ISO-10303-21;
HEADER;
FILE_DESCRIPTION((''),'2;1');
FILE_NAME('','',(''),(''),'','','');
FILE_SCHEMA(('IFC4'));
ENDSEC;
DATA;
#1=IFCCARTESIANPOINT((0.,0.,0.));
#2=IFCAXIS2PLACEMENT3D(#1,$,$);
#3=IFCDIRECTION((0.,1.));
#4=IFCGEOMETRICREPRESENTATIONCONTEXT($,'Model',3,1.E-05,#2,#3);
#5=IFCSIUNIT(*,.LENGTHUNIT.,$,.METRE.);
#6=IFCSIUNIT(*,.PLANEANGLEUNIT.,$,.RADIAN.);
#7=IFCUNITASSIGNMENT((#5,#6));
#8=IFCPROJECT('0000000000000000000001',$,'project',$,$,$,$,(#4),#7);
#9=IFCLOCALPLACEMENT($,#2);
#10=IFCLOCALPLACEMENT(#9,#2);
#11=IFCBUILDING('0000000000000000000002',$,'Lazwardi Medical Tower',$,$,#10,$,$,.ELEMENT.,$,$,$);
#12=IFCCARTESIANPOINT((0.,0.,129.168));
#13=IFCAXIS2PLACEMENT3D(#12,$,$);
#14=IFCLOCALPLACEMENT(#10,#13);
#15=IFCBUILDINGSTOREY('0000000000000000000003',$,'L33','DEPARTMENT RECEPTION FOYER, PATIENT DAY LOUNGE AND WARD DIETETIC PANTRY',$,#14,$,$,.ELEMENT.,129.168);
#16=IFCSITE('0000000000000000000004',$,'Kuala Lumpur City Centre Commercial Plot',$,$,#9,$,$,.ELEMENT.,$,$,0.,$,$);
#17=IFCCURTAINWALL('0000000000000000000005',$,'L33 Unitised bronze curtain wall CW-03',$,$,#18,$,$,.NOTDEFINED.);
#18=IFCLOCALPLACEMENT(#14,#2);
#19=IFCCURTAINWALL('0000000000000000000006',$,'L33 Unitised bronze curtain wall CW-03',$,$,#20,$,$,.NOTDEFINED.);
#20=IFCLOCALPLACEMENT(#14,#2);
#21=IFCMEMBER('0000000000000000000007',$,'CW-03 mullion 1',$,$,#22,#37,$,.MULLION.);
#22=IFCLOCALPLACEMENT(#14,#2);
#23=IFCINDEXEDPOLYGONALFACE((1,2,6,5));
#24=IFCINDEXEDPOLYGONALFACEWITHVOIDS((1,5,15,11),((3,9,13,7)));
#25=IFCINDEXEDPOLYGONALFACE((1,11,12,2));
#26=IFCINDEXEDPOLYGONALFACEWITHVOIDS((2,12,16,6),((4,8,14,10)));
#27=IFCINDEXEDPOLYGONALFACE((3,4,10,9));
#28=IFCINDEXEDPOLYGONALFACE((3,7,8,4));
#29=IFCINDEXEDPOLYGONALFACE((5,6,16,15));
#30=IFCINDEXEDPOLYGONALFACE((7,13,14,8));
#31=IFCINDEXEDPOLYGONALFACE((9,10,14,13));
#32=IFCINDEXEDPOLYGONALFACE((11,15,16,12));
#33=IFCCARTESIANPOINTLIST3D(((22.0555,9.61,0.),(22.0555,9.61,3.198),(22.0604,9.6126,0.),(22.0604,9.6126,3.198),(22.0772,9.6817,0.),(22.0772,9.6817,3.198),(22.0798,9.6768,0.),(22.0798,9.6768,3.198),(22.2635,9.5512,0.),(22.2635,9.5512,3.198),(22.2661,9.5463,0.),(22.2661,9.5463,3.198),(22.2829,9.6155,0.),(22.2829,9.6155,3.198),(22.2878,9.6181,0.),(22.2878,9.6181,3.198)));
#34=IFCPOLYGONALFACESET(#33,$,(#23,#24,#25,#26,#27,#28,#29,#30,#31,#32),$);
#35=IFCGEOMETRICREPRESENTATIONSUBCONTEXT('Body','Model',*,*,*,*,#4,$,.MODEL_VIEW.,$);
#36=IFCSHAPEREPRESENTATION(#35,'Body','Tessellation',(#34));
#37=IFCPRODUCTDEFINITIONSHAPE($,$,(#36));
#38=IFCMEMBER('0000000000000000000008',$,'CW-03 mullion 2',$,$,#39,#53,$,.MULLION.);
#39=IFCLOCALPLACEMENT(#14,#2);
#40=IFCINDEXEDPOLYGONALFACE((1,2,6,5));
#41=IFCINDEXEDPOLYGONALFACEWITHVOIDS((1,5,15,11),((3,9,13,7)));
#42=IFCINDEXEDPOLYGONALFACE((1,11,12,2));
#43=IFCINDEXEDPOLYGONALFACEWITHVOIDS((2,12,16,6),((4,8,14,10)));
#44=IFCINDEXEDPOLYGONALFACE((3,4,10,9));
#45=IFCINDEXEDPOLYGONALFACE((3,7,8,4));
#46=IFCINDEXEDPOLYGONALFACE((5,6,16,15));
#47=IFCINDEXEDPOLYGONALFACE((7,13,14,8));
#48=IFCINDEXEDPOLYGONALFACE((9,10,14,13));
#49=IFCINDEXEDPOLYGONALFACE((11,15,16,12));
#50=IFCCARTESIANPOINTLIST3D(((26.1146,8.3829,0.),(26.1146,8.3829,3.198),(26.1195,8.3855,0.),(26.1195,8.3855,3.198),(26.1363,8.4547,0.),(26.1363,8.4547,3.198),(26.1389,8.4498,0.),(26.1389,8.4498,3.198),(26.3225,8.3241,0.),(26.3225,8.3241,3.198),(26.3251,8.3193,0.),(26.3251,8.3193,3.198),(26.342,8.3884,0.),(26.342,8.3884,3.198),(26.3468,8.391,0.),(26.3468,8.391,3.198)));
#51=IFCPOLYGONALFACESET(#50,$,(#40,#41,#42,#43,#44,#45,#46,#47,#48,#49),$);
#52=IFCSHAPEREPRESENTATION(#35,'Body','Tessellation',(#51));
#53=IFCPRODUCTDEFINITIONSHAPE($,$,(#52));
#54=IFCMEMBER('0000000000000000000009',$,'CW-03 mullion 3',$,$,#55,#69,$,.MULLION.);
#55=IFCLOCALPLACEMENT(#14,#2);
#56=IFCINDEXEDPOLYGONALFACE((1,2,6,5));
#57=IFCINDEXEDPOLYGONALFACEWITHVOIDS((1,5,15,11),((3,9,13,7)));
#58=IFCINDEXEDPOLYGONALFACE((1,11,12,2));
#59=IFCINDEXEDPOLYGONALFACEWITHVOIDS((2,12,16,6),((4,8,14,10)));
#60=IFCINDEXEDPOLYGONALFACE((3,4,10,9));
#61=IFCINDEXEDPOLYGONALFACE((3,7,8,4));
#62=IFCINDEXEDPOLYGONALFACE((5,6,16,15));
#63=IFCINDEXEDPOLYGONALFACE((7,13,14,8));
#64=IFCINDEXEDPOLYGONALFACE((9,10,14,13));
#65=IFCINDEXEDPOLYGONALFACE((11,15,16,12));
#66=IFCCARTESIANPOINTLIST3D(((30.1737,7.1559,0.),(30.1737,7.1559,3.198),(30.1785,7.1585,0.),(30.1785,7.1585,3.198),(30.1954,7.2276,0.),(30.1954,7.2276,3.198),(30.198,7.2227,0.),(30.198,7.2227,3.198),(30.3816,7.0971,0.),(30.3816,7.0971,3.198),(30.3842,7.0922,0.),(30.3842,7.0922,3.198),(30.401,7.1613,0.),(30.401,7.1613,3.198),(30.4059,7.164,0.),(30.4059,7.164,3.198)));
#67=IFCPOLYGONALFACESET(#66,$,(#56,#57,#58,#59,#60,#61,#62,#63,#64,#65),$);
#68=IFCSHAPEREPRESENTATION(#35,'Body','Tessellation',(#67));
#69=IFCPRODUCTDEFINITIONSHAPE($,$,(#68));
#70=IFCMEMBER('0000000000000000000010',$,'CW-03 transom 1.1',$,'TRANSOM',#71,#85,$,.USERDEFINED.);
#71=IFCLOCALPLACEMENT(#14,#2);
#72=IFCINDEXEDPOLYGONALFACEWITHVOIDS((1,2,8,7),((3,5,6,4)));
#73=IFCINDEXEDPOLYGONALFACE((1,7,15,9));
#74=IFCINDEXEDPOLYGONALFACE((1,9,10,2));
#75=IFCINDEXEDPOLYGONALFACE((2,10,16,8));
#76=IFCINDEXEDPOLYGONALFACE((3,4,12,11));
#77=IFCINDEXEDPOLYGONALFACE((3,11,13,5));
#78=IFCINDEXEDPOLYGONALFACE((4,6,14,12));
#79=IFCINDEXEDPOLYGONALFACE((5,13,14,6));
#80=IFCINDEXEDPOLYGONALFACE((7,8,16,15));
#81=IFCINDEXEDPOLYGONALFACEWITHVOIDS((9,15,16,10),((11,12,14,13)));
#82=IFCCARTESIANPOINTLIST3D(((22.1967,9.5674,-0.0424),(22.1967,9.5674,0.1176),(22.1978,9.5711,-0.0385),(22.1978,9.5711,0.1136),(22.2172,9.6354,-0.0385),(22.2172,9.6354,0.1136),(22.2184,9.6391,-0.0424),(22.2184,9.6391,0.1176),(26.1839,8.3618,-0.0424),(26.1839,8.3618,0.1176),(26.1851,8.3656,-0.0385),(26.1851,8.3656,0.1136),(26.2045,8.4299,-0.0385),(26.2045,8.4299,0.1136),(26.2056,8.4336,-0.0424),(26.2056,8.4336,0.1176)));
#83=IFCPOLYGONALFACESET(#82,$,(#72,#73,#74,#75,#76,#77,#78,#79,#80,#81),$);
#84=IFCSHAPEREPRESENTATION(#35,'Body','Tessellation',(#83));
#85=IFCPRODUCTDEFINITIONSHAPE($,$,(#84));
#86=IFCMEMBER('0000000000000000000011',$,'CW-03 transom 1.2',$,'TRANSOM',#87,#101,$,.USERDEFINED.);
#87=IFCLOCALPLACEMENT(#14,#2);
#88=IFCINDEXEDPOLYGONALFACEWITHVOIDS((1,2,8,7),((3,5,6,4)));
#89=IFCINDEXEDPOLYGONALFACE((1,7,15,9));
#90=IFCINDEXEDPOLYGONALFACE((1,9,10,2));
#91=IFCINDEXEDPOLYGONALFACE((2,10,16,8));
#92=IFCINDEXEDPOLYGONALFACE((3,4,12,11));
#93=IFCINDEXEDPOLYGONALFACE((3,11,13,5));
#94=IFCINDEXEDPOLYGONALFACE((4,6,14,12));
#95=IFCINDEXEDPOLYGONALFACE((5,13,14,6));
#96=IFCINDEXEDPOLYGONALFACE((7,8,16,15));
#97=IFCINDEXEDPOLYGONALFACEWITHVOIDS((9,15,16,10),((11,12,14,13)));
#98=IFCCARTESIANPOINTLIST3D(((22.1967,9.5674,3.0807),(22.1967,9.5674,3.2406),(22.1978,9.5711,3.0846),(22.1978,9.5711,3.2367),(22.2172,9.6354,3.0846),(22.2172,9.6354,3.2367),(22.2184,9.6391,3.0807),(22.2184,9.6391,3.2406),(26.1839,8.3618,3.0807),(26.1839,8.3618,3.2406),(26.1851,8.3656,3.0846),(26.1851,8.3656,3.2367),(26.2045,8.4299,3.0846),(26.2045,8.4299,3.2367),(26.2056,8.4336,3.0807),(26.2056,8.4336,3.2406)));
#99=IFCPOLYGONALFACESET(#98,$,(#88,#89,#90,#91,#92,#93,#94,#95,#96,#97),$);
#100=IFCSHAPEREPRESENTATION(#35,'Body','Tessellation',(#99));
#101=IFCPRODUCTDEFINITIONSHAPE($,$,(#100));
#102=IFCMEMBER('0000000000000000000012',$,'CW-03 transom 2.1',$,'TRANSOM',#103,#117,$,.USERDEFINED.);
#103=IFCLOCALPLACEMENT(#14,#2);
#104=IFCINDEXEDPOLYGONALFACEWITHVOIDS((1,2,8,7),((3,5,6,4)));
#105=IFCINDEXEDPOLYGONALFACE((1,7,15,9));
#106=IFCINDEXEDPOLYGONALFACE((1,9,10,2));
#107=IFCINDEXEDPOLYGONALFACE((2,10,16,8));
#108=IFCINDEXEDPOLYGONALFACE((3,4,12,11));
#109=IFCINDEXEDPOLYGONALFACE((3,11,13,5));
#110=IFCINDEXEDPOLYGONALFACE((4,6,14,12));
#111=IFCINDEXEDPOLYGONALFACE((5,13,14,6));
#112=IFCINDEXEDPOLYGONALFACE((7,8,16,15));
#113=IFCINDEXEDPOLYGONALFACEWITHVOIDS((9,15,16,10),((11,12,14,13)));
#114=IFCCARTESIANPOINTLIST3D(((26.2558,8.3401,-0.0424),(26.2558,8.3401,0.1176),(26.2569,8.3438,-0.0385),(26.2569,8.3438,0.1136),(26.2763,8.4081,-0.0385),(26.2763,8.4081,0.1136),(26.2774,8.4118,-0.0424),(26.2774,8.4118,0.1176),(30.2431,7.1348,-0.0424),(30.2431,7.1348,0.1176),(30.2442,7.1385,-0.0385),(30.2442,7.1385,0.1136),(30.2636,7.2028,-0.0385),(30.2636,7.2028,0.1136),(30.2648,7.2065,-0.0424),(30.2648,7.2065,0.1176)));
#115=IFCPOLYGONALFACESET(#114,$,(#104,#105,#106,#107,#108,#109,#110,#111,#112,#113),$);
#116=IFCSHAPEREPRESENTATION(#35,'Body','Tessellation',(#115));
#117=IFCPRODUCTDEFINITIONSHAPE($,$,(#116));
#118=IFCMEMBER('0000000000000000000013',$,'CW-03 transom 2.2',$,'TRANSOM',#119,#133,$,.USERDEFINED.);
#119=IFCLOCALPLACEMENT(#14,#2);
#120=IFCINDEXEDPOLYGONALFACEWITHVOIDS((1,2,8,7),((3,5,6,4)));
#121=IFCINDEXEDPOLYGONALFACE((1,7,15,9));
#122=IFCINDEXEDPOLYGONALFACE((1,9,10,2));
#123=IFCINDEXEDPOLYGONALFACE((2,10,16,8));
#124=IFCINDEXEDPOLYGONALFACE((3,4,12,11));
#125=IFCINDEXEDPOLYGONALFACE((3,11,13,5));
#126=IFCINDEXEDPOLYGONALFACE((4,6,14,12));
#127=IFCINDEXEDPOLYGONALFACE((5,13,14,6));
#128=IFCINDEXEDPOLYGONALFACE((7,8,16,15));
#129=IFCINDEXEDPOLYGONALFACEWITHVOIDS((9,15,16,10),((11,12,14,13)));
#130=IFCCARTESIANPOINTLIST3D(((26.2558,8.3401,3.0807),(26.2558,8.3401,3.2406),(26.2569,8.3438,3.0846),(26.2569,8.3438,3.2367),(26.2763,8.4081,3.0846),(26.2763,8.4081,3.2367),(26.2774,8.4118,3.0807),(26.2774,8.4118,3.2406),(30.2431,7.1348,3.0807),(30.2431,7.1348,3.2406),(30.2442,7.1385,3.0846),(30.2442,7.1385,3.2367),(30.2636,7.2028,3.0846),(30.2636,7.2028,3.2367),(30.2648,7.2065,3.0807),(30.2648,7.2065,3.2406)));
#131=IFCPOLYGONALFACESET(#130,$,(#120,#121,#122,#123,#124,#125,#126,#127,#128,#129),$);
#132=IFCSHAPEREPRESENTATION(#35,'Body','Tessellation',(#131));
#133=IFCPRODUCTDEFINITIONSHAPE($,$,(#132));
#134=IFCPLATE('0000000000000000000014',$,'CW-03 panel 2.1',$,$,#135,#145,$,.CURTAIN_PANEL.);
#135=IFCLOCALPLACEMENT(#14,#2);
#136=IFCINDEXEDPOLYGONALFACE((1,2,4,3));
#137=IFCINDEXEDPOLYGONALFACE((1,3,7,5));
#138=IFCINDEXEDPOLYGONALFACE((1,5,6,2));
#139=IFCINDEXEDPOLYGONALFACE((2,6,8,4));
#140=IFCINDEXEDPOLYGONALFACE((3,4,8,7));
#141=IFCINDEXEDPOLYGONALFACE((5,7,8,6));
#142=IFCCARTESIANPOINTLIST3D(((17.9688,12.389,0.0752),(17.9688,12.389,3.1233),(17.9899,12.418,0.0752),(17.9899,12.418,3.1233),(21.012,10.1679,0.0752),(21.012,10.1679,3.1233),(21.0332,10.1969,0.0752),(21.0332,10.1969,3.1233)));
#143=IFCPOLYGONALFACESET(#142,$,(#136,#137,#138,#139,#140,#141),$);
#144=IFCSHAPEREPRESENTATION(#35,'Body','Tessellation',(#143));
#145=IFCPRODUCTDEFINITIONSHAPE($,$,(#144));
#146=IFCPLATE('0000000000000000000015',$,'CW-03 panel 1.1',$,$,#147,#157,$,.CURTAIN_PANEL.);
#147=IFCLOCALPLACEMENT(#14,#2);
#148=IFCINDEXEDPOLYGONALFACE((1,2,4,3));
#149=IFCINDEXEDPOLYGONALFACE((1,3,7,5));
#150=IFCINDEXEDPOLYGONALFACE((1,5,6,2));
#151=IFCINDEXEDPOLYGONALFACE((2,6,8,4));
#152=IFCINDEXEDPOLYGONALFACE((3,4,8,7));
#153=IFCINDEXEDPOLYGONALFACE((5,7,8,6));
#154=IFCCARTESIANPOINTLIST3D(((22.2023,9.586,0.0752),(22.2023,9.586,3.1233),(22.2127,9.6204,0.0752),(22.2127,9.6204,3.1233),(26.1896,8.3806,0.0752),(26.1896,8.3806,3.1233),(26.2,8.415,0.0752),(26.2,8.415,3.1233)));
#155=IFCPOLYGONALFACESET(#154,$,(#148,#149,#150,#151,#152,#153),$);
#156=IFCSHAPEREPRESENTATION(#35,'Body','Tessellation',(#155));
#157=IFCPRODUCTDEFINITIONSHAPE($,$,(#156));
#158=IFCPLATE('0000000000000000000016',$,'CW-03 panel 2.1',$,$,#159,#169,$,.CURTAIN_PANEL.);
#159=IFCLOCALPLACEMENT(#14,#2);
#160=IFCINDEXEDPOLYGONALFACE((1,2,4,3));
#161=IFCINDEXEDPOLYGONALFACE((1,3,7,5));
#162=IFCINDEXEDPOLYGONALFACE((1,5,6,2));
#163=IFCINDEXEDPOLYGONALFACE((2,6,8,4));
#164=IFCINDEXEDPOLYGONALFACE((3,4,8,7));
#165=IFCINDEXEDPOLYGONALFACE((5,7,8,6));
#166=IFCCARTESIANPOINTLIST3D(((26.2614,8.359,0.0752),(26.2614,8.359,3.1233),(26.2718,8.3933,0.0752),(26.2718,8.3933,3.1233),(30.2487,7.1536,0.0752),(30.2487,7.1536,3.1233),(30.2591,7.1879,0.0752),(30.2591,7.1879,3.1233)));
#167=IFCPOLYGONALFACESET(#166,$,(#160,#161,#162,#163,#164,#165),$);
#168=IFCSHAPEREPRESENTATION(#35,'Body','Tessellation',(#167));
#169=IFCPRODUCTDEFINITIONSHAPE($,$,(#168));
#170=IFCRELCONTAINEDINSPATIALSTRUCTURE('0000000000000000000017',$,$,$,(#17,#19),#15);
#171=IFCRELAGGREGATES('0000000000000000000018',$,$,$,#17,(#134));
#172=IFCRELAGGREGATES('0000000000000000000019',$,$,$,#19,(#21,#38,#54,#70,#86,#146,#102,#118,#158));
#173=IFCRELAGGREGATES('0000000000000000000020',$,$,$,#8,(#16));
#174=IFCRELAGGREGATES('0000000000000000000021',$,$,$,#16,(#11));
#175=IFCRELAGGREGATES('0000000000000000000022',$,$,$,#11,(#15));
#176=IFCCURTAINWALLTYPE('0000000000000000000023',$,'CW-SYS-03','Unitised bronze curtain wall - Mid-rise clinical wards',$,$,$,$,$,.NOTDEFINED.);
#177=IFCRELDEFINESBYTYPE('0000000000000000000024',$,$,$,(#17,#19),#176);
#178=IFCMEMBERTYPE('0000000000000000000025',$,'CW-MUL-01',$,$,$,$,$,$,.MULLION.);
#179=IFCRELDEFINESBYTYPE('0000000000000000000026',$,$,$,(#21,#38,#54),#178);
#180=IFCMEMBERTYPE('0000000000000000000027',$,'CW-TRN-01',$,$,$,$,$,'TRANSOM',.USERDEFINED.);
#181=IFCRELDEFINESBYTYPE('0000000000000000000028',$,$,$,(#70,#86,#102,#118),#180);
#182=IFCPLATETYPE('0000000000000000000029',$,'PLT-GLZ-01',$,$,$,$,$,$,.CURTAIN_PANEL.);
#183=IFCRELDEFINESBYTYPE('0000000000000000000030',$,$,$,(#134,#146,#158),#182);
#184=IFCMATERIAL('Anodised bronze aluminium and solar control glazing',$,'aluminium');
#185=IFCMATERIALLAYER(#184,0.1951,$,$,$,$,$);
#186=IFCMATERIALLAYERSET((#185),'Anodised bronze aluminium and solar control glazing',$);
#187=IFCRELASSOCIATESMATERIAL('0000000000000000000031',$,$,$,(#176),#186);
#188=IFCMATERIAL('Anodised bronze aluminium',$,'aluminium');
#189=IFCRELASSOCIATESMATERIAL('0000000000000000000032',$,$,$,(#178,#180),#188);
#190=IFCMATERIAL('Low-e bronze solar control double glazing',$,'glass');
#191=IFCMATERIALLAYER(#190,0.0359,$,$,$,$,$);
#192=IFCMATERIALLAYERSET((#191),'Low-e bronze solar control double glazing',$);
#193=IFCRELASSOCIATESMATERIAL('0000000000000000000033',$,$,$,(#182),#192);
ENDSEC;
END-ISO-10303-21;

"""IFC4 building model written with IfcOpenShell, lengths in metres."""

from ifc_helpers import new_model, si_unit, direction, frame, origin, origin_2d, place, context, subcontext, project, spatial, rectangle, hollow_rectangle, extrude, material, layer, layer_set, material_profile, profile_set, type_object, element, aggregate, save


model = new_model("IFC4")

# Units and contexts
model_context = context("Model", 3, precision=1e-05, world=origin(), true_north=direction((0.0, 1.0)))
body_context = subcontext(model_context, "Body", "Model", "MODEL_VIEW")
ifc_project = project(units=[si_unit("LENGTHUNIT", "METRE"), si_unit("PLANEANGLEUNIT", "RADIAN")], contexts=[model_context])

# Site, building, storey
site_placement = place(None, origin())
site = spatial("IfcSite", under=ifc_project, at=site_placement, Name="Kuala Lumpur City Centre Commercial Plot", CompositionType="ELEMENT", RefElevation=0.0)
building_placement = place(site_placement, origin())
building = spatial("IfcBuilding", under=site, at=building_placement, Name="Lazwardi Medical Tower", CompositionType="ELEMENT")
storey_placement = place(building_placement, frame((0.0, 0.0, 129.168)))
storey = spatial("IfcBuildingStorey", under=building, at=storey_placement, Name="L33", Description="DEPARTMENT RECEPTION FOYER, PATIENT DAY LOUNGE AND WARD DIETETIC PANTRY", CompositionType="ELEMENT", Elevation=129.168)

# Curtain wall
ifc_material_1 = material(Name="Anodised bronze aluminium and solar control glazing", Category="aluminium")
ifc_layer_1 = layer(ifc_material_1, 0.1951)
ifc_layer_set_1 = layer_set([ifc_layer_1], Name="Anodised bronze aluminium and solar control glazing")
curtain_wall_type = type_object("IfcCurtainWallType", Name="CW-SYS-03", Description="Unitised bronze curtain wall - Mid-rise clinical wards", PredefinedType="NOTDEFINED", material=ifc_layer_set_1)
curtain_wall_1_placement = place(storey_placement, origin())
curtain_wall_1 = element("IfcCurtainWall", 1, at=curtain_wall_1_placement, inside=storey, type_object=curtain_wall_type, Name="L33 Unitised bronze curtain wall CW-03", PredefinedType="NOTDEFINED")
ifc_material_2 = material(Name="Anodised bronze aluminium", Category="aluminium")
ifc_material_profile_1 = material_profile(ifc_material_2, hollow_rectangle(XDim=0.075, YDim=0.22, WallThickness=0.0039, at=origin_2d()), Name="ALU-MULLION 220x75x4")
ifc_profile_set_1 = profile_set([ifc_material_profile_1], Name="Anodised bronze aluminium")
member_type_1 = type_object("IfcMemberType", Name="CW-MUL-01", PredefinedType="MULLION", material=ifc_profile_set_1)

# Curtain wall, members
curtain_wall_2_placement = place(storey_placement, origin())
curtain_wall_2 = element("IfcCurtainWall", 2, at=curtain_wall_2_placement, inside=storey, type_object=curtain_wall_type, Name="L33 Unitised bronze curtain wall CW-03", PredefinedType="NOTDEFINED")
member_1_placement = place(storey_placement, frame((22.1716, 9.614, 0.0), z_axis=(0.0, 0.0, 1.0), x_axis=(0.289374, 0.957216, 0.0)))
member_1 = element("IfcMember", 3, at=member_1_placement, type_object=member_type_1, Name="CW-03 mullion 1", PredefinedType="MULLION", context=body_context, shape_type="SweptSolid", body=[
    extrude(hollow_rectangle(XDim=0.075, YDim=0.22, WallThickness=0.0039, at=origin_2d()), origin(), (0.0, 0.0, 1.0), 3.198),
])
member_2_placement = place(storey_placement, frame((26.2307, 8.387, 0.0), z_axis=(0.0, 0.0, 1.0), x_axis=(0.289374, 0.957216, 0.0)))
member_2 = element("IfcMember", 4, at=member_2_placement, type_object=member_type_1, Name="CW-03 mullion 2", PredefinedType="MULLION", context=body_context, shape_type="SweptSolid", body=[
    extrude(hollow_rectangle(XDim=0.075, YDim=0.22, WallThickness=0.0039, at=origin_2d()), origin(), (0.0, 0.0, 1.0), 3.198),
])
member_3_placement = place(storey_placement, frame((30.2898, 7.1599, 0.0), z_axis=(0.0, 0.0, 1.0), x_axis=(0.289374, 0.957216, 0.0)))
member_3 = element("IfcMember", 5, at=member_3_placement, type_object=member_type_1, Name="CW-03 mullion 3", PredefinedType="MULLION", context=body_context, shape_type="SweptSolid", body=[
    extrude(hollow_rectangle(XDim=0.075, YDim=0.22, WallThickness=0.0039, at=origin_2d()), origin(), (0.0, 0.0, 1.0), 3.198),
])
ifc_material_profile_2 = material_profile(ifc_material_2, hollow_rectangle(XDim=0.075, YDim=0.1599, WallThickness=0.0039, at=origin_2d()), Name="ALU-TRANSOM 160x75x4")
ifc_profile_set_2 = profile_set([ifc_material_profile_2], Name="Anodised bronze aluminium")
member_type_2 = type_object("IfcMemberType", Name="CW-TRN-01", ElementType="TRANSOM", PredefinedType="USERDEFINED", material=ifc_profile_set_2)
member_4_placement = place(storey_placement, frame((22.2075, 9.6033, 0.0376), z_axis=(0.957205, -0.289412, 0.0), x_axis=(0.289412, 0.957205, 0.0)))
member_4 = element("IfcMember", 6, at=member_4_placement, type_object=member_type_2, Name="CW-03 transom 1.1", ObjectType="TRANSOM", PredefinedType="USERDEFINED", context=body_context, shape_type="SweptSolid", body=[
    extrude(hollow_rectangle(XDim=0.075, YDim=0.1599, WallThickness=0.0039, at=origin_2d()), origin(), (0.0, 0.0, 1.0), 4.1655),
])
member_5_placement = place(storey_placement, frame((22.2075, 9.6033, 3.1606), z_axis=(0.957205, -0.289412, 0.0), x_axis=(0.289412, 0.957205, 0.0)))
member_5 = element("IfcMember", 7, at=member_5_placement, type_object=member_type_2, Name="CW-03 transom 1.2", ObjectType="TRANSOM", PredefinedType="USERDEFINED", context=body_context, shape_type="SweptSolid", body=[
    extrude(hollow_rectangle(XDim=0.075, YDim=0.1599, WallThickness=0.0039, at=origin_2d()), origin(), (0.0, 0.0, 1.0), 4.1655),
])
member_6_placement = place(storey_placement, frame((26.2666, 8.376, 0.0376), z_axis=(0.957221, -0.289358, 0.0), x_axis=(0.289358, 0.957221, 0.0)))
member_6 = element("IfcMember", 8, at=member_6_placement, type_object=member_type_2, Name="CW-03 transom 2.1", ObjectType="TRANSOM", PredefinedType="USERDEFINED", context=body_context, shape_type="SweptSolid", body=[
    extrude(hollow_rectangle(XDim=0.075, YDim=0.1599, WallThickness=0.0039, at=origin_2d()), origin(), (0.0, 0.0, 1.0), 4.1655),
])
member_7_placement = place(storey_placement, frame((26.2666, 8.376, 3.1606), z_axis=(0.957221, -0.289358, 0.0), x_axis=(0.289358, 0.957221, 0.0)))
member_7 = element("IfcMember", 9, at=member_7_placement, type_object=member_type_2, Name="CW-03 transom 2.2", ObjectType="TRANSOM", PredefinedType="USERDEFINED", context=body_context, shape_type="SweptSolid", body=[
    extrude(hollow_rectangle(XDim=0.075, YDim=0.1599, WallThickness=0.0039, at=origin_2d()), origin(), (0.0, 0.0, 1.0), 4.1655),
])

# Plates
ifc_material_3 = material(Name="Low-e bronze solar control double glazing", Category="glass")
ifc_layer_2 = layer(ifc_material_3, 0.0359)
ifc_layer_set_2 = layer_set([ifc_layer_2], Name="Low-e bronze solar control double glazing")
plate_type = type_object("IfcPlateType", Name="PLT-GLZ-01", PredefinedType="CURTAIN_PANEL", material=ifc_layer_set_2)
plate_1_placement = place(storey_placement, frame((19.501, 11.293, 0.0752), z_axis=(0.0, 0.0, 1.0), x_axis=(0.807746, -0.589531, 0.0)))
plate_1 = element("IfcPlate", 10, at=plate_1_placement, type_object=plate_type, Name="CW-03 panel 2.1", PredefinedType="CURTAIN_PANEL", context=body_context, shape_type="SweptSolid", body=[
    extrude(rectangle(XDim=3.7676, YDim=0.0359, at=origin_2d()), origin(), (0.0, 0.0, 1.0), 3.0481),
])
aggregate(curtain_wall_1, [plate_1])
plate_2_placement = place(storey_placement, frame((24.2012, 9.0005, 0.0752), z_axis=(0.0, 0.0, 1.0), x_axis=(0.957216, -0.289374, 0.0)))
plate_2 = element("IfcPlate", 11, at=plate_2_placement, type_object=plate_type, Name="CW-03 panel 1.1", PredefinedType="CURTAIN_PANEL", context=body_context, shape_type="SweptSolid", body=[
    extrude(rectangle(XDim=4.1655, YDim=0.0359, at=origin_2d()), origin(), (0.0, 0.0, 1.0), 3.0481),
])
plate_3_placement = place(storey_placement, frame((28.2603, 7.7734, 0.0752), z_axis=(0.0, 0.0, 1.0), x_axis=(0.957216, -0.289374, 0.0)))
plate_3 = element("IfcPlate", 12, at=plate_3_placement, type_object=plate_type, Name="CW-03 panel 2.1", PredefinedType="CURTAIN_PANEL", context=body_context, shape_type="SweptSolid", body=[
    extrude(rectangle(XDim=4.1655, YDim=0.0359, at=origin_2d()), origin(), (0.0, 0.0, 1.0), 3.0481),
])
aggregate(curtain_wall_2, [member_1, member_2, member_3, member_4, member_5, plate_2, member_6, member_7, plate_3])

save(model, "model.ifc")
